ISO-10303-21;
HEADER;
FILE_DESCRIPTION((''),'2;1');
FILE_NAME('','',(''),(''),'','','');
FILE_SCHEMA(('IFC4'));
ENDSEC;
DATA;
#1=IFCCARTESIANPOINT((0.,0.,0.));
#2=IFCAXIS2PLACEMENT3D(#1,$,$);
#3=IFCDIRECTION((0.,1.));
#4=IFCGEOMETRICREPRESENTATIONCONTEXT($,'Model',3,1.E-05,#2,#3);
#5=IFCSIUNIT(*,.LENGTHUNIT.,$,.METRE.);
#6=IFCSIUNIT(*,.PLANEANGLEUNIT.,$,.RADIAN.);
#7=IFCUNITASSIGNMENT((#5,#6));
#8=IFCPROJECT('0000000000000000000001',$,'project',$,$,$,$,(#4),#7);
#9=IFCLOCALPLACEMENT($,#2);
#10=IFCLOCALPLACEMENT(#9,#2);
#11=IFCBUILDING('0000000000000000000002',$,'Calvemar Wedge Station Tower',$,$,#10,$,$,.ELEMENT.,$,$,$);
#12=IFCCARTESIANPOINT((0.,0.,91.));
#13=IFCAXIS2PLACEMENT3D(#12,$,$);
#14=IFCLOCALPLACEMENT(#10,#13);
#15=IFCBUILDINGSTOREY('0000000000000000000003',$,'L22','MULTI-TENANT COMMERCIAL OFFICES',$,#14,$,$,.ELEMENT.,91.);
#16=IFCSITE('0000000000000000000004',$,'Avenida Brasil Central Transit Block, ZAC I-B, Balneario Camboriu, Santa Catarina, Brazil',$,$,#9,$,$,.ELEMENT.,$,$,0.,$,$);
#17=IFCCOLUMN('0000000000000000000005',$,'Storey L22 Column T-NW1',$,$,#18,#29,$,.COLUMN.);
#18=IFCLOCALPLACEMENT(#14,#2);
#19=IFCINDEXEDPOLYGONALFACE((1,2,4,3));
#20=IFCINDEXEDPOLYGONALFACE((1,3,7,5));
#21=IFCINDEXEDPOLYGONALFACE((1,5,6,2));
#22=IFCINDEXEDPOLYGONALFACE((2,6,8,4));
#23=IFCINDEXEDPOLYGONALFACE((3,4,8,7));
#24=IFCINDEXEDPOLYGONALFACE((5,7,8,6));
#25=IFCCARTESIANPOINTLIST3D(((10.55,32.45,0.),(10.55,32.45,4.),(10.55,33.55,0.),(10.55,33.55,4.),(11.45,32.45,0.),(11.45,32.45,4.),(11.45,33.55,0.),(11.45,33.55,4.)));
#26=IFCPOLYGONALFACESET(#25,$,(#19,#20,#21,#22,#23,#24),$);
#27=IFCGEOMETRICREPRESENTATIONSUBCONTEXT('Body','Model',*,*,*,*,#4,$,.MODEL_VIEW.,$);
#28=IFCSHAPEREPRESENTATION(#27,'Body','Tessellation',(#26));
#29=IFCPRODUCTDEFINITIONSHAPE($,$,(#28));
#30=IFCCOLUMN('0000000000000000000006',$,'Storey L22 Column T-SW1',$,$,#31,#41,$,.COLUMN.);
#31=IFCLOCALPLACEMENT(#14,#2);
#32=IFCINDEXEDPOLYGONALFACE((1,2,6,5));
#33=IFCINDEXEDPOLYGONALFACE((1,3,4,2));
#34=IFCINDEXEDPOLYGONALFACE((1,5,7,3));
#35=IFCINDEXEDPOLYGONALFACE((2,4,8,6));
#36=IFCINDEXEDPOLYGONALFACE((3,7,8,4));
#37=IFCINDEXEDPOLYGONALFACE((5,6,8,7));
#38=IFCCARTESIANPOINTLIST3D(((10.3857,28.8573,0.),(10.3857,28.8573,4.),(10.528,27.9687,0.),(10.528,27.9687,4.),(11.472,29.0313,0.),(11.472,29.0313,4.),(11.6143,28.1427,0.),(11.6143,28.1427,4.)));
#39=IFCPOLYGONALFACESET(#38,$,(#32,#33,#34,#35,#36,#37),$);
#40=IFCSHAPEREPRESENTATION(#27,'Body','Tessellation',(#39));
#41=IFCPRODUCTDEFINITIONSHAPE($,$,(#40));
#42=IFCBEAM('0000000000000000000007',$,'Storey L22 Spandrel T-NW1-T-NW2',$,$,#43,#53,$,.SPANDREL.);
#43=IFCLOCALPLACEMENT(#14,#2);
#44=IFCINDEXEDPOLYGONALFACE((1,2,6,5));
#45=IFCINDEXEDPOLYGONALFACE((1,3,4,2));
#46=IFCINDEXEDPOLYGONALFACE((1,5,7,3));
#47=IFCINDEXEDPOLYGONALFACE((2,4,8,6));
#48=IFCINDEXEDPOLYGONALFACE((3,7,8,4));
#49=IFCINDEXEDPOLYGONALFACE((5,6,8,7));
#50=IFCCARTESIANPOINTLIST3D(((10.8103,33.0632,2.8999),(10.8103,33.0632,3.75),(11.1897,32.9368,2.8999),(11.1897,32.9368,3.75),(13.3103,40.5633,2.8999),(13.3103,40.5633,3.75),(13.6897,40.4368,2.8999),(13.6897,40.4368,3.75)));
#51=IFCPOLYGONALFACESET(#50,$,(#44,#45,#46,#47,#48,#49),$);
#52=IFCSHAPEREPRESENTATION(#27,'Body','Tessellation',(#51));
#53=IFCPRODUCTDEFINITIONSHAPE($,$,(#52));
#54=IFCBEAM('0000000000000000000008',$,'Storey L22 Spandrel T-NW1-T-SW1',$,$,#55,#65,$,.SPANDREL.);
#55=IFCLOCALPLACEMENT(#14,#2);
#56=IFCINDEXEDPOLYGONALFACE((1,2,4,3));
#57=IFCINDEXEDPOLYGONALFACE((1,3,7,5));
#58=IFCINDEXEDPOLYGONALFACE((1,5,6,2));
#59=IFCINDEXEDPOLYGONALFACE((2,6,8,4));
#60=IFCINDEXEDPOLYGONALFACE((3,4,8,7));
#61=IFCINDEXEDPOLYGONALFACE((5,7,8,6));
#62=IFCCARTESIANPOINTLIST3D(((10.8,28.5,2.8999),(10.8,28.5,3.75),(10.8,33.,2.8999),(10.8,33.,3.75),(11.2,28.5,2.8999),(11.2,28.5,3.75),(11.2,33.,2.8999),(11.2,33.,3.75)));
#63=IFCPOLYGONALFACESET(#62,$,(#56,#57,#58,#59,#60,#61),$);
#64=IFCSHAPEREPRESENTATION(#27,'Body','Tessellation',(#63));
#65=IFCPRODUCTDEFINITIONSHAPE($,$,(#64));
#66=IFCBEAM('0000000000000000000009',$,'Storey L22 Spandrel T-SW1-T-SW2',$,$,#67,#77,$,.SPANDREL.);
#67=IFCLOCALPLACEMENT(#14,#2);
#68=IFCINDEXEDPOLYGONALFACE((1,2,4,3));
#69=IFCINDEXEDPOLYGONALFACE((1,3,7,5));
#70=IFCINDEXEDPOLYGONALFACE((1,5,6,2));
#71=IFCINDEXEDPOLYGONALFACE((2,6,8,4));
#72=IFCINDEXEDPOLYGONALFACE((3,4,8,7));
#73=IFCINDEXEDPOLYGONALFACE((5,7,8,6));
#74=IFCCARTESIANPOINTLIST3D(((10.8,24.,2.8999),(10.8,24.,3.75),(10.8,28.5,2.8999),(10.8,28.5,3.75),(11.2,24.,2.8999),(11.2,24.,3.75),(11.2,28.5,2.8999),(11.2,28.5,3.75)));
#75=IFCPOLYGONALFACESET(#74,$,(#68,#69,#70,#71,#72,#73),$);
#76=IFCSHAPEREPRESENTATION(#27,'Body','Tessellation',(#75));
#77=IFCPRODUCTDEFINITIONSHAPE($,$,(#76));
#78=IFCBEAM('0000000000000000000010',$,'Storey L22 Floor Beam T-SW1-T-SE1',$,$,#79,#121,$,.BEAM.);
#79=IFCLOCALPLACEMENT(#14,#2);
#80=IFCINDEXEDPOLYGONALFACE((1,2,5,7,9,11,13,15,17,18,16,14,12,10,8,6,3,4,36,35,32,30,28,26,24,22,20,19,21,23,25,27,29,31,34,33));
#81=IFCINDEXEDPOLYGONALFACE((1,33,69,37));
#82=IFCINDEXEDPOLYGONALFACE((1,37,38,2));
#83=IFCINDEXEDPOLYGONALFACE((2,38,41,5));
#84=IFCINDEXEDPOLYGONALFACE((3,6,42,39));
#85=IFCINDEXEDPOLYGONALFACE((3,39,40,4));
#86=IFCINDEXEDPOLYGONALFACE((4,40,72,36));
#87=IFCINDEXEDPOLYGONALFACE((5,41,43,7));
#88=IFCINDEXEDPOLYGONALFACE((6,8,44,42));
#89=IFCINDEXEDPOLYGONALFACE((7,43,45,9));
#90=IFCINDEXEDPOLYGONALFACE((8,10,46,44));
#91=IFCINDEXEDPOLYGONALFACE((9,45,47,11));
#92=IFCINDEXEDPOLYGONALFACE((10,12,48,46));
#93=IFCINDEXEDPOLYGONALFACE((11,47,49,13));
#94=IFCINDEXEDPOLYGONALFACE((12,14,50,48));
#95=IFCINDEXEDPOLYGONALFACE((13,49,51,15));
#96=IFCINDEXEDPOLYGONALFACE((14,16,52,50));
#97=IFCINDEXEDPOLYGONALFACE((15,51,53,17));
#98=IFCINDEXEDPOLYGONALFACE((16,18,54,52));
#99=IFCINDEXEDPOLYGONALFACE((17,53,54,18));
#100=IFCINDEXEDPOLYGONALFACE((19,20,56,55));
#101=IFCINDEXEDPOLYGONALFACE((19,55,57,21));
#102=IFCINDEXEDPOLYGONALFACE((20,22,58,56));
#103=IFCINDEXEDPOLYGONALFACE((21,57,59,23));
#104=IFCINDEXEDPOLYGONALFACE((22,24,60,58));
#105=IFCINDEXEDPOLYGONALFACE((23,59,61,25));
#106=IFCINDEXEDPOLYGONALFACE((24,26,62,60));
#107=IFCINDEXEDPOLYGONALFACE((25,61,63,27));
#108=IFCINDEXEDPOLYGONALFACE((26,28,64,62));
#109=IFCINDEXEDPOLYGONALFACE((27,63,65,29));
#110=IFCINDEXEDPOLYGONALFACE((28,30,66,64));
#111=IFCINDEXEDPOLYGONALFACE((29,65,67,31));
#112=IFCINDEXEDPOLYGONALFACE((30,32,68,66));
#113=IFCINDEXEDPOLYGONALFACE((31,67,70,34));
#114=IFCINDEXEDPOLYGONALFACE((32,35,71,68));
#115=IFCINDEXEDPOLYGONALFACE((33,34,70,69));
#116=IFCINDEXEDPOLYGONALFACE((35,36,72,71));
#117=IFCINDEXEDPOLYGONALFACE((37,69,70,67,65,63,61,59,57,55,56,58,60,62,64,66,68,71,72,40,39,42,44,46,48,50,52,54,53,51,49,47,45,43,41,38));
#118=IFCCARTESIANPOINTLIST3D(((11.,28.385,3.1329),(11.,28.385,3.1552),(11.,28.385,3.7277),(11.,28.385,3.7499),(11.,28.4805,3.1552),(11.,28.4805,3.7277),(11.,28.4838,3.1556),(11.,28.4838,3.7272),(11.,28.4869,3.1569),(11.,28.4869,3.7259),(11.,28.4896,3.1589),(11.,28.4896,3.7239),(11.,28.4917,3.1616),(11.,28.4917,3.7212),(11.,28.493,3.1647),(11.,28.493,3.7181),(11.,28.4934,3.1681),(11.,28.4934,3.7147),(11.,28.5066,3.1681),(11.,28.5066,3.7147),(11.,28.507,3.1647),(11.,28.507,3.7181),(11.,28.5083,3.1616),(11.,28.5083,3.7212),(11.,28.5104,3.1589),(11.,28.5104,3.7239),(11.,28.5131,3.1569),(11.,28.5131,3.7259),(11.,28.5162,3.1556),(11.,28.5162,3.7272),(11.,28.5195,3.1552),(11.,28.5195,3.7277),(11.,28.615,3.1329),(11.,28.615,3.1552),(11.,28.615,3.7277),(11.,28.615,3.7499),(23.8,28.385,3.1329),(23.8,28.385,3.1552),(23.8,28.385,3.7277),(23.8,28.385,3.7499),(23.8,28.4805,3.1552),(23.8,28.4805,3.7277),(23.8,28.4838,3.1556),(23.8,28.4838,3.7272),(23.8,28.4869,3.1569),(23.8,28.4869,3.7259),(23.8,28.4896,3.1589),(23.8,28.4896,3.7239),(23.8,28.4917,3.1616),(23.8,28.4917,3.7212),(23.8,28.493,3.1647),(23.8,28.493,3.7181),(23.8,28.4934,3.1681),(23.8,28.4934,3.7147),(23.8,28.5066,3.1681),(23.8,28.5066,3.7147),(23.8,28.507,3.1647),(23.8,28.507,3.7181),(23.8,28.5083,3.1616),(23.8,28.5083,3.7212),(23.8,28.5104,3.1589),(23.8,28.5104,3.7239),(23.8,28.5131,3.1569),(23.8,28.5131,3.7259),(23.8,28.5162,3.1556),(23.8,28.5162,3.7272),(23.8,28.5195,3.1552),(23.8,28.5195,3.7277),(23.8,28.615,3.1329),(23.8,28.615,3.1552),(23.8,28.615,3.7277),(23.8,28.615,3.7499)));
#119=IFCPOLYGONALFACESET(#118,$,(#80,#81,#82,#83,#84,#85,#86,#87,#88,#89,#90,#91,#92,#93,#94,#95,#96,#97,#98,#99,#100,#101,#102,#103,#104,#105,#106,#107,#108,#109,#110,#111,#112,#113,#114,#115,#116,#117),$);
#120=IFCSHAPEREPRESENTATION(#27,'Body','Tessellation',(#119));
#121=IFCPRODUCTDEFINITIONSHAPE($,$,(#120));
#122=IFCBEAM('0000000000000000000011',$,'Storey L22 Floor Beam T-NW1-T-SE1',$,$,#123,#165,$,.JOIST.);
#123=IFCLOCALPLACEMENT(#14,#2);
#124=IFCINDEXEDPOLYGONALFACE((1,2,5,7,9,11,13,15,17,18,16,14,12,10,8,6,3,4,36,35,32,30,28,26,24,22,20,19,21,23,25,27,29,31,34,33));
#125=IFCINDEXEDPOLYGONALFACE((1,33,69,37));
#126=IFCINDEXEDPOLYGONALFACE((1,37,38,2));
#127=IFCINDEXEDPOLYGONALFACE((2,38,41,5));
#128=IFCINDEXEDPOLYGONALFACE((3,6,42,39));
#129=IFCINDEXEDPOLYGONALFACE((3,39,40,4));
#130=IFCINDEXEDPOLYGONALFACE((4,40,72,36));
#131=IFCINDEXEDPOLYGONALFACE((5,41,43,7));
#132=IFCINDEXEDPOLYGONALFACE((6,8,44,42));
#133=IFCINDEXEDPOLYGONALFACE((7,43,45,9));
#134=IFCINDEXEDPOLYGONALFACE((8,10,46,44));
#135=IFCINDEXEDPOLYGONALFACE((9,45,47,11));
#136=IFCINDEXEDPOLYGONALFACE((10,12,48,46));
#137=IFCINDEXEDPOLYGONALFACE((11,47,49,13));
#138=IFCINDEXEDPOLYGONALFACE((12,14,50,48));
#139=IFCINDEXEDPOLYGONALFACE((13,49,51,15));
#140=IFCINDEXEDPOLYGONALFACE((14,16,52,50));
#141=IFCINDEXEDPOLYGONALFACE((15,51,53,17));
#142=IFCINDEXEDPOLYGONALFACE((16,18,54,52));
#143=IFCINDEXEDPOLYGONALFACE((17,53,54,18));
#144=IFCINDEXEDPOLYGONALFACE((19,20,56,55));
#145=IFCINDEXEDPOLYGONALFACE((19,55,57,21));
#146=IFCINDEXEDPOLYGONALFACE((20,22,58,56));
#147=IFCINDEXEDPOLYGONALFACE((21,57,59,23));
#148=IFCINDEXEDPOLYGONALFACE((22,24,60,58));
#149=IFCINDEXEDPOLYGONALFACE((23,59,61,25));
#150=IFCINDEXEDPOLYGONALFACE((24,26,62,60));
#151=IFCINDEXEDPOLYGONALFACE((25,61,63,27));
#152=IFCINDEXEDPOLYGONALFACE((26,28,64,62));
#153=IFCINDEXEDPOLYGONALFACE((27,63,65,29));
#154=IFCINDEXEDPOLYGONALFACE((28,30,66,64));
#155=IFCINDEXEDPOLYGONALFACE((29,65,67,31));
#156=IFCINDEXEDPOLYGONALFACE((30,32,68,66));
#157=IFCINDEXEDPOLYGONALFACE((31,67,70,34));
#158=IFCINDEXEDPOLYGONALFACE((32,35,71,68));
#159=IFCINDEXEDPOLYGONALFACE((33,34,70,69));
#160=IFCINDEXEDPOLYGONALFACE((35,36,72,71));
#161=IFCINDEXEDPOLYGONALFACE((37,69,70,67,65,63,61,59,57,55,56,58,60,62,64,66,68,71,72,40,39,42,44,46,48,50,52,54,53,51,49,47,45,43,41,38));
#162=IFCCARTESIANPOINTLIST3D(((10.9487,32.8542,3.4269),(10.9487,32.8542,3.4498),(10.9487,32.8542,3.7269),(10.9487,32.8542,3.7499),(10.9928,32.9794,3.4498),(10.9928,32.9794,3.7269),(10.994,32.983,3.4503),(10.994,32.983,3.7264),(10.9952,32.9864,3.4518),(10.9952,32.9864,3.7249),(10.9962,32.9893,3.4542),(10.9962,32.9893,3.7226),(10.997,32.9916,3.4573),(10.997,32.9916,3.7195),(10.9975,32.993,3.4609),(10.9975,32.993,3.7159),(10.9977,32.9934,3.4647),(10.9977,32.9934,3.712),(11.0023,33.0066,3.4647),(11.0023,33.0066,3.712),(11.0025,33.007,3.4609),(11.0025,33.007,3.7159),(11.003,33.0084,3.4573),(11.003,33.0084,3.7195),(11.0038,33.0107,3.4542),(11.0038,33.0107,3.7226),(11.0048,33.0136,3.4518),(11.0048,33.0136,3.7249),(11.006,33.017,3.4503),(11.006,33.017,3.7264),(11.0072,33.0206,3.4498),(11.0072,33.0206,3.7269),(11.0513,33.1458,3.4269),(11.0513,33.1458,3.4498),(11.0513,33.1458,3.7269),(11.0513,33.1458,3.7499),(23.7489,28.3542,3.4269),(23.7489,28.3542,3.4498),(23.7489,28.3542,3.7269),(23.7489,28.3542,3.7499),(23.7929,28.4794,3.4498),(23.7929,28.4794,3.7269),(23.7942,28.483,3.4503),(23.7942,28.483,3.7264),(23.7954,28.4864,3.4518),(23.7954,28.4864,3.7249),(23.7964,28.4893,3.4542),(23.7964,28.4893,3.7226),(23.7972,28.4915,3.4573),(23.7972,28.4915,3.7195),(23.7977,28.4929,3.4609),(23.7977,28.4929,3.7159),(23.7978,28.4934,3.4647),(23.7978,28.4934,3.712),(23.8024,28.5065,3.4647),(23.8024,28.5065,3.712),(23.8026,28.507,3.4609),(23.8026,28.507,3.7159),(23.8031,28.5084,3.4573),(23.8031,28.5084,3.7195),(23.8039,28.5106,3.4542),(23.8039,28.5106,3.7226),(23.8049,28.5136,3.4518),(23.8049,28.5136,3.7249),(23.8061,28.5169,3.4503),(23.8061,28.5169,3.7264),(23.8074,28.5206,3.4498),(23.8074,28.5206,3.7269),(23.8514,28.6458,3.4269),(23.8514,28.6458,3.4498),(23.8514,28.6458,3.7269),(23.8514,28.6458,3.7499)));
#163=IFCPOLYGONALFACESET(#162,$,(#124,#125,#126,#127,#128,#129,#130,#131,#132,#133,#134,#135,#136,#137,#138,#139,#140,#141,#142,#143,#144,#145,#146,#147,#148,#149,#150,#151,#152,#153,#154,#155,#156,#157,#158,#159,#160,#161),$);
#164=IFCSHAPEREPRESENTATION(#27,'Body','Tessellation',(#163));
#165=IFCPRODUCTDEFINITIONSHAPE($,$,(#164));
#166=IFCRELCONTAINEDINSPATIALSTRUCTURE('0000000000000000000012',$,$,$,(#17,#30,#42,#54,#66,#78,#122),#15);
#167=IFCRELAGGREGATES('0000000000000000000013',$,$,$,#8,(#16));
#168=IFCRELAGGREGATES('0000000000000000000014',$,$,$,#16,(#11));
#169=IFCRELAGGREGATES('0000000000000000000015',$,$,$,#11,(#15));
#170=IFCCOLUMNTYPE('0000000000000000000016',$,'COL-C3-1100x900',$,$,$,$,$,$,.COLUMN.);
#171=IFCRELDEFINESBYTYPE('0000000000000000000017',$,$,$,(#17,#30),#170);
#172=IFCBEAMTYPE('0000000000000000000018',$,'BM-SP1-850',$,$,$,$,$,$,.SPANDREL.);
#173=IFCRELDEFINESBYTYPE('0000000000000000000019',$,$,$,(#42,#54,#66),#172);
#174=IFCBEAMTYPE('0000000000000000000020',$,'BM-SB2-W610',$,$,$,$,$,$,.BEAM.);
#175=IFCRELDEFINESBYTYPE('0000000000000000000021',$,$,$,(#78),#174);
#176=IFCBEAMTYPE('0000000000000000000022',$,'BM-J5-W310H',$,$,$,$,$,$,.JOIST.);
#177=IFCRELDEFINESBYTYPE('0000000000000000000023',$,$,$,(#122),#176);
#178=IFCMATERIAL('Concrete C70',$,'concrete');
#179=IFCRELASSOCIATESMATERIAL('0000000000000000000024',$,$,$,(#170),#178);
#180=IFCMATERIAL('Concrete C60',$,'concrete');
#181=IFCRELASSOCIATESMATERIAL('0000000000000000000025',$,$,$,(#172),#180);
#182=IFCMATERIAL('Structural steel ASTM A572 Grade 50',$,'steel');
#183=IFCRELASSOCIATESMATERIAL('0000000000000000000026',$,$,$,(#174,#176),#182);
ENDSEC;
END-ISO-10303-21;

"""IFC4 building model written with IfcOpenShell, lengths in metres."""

from ifc_helpers import new_model, si_unit, direction, frame, origin, origin_2d, place, context, subcontext, project, spatial, rectangle, i_section, extrude, source, transform, mapped, material, material_profile, profile_set, type_object, element, save


model = new_model("IFC4")

# Units and contexts
model_context = context("Model", 3, precision=1e-05, world=origin(), true_north=direction((0.0, 1.0)))
body_context = subcontext(model_context, "Body", "Model", "MODEL_VIEW")
ifc_project = project(units=[si_unit("LENGTHUNIT", "METRE"), si_unit("PLANEANGLEUNIT", "RADIAN")], contexts=[model_context])

# Site, building, storey
site_placement = place(None, origin())
site = spatial("IfcSite", under=ifc_project, at=site_placement, Name="Avenida Brasil Central Transit Block, ZAC I-B, Balneario Camboriu, Santa Catarina, Brazil", CompositionType="ELEMENT", RefElevation=0.0)
building_placement = place(site_placement, origin())
building = spatial("IfcBuilding", under=site, at=building_placement, Name="Calvemar Wedge Station Tower", CompositionType="ELEMENT")
storey_placement = place(building_placement, frame((0.0, 0.0, 91.0)))
storey = spatial("IfcBuildingStorey", under=building, at=storey_placement, Name="L22", Description="MULTI-TENANT COMMERCIAL OFFICES", CompositionType="ELEMENT", Elevation=91.0)

# Columns
ifc_material_1 = material(Name="Concrete C70", Category="concrete")
ifc_material_profile_1 = material_profile(ifc_material_1, rectangle(XDim=0.8999, YDim=1.1001, at=origin_2d()), Name="RC1100x900")
ifc_profile_set_1 = profile_set([ifc_material_profile_1], Name="Concrete C70")
column_type = type_object("IfcColumnType", Name="COL-C3-1100x900", PredefinedType="COLUMN", material=ifc_profile_set_1)
shared_shape_1 = source(origin(), body_context, "Body", "SweptSolid", [
    extrude(rectangle(XDim=0.8999, YDim=1.1001, at=origin_2d()), origin(), (0.0, 0.0, 1.0), 4.0),
])
for number, where, z_axis, x_axis, name in (
    (1, (11.0, 33.0, 0.0), (0.0, 0.0, 1.0), (1.0, 0.0, 0.0), "Storey L22 Column T-NW1"),
    (2, (11.0, 28.5, 0.0), (0.0, 0.0, 1.0), (0.158158, -0.987414, 0.0), "Storey L22 Column T-SW1"),
):
    element("IfcColumn", number, at=place(storey_placement, frame(where, z_axis=z_axis, x_axis=x_axis)), inside=storey, type_object=column_type, Name=name, PredefinedType="COLUMN", context=body_context, shape_type="MappedRepresentation", body=[
        mapped(shared_shape_1, transform((0.0, 0.0, 0.0), scale=1.0)),
    ])

# Beams
ifc_material_2 = material(Name="Concrete C60", Category="concrete")
ifc_material_profile_2 = material_profile(ifc_material_2, rectangle(XDim=0.3999, YDim=0.8501, at=origin_2d()), Name="RC400x850")
ifc_profile_set_2 = profile_set([ifc_material_profile_2], Name="Concrete C60")
beam_type_1 = type_object("IfcBeamType", Name="BM-SP1-850", PredefinedType="SPANDREL", material=ifc_profile_set_2)
shared_shape_2 = source(origin(), body_context, "Body", "SweptSolid", [
    extrude(rectangle(XDim=0.3999, YDim=0.8501, at=origin_2d()), origin(), (0.0, 0.0, 1.0), 7.9058),
])
beam_1_placement = place(storey_placement, frame((11.0, 33.0, 3.325), z_axis=(0.316228, 0.948683, 0.0), x_axis=(-0.948683, 0.316228, 0.0)))
element("IfcBeam", 3, at=beam_1_placement, inside=storey, type_object=beam_type_1, Name="Storey L22 Spandrel T-NW1-T-NW2", PredefinedType="SPANDREL", context=body_context, shape_type="MappedRepresentation", body=[
    mapped(shared_shape_2, transform((0.0, 0.0, 0.0), scale=1.0)),
])
shared_shape_3 = source(origin(), body_context, "Body", "SweptSolid", [
    extrude(rectangle(XDim=0.3999, YDim=0.8501, at=origin_2d()), origin(), (0.0, 0.0, 1.0), 4.5),
])
for number, where, z_axis, x_axis, name in (
    (4, (11.0, 33.0, 3.325), (0.0, -1.0, 0.0), (1.0, 0.0, 0.0), "Storey L22 Spandrel T-NW1-T-SW1"),
    (5, (11.0, 28.5, 3.325), (0.0, -1.0, 0.0), (1.0, 0.0, 0.0), "Storey L22 Spandrel T-SW1-T-SW2"),
):
    element("IfcBeam", number, at=place(storey_placement, frame(where, z_axis=z_axis, x_axis=x_axis)), inside=storey, type_object=beam_type_1, Name=name, PredefinedType="SPANDREL", context=body_context, shape_type="MappedRepresentation", body=[
        mapped(shared_shape_3, transform((0.0, 0.0, 0.0), scale=1.0)),
    ])
ifc_material_3 = material(Name="Structural steel ASTM A572 Grade 50", Category="steel")
ifc_material_profile_3 = material_profile(ifc_material_3, i_section(OverallWidth=0.23, OverallDepth=0.6169, WebThickness=0.0132, FlangeThickness=0.0222, FilletRadius=0.0129, at=origin_2d()), Name="W610x140")
ifc_profile_set_3 = profile_set([ifc_material_profile_3], Name="Structural steel ASTM A572 Grade 50")
beam_type_2 = type_object("IfcBeamType", Name="BM-SB2-W610", PredefinedType="BEAM", material=ifc_profile_set_3)
shared_shape_4 = source(origin(), body_context, "Body", "SweptSolid", [
    extrude(i_section(OverallWidth=0.23, OverallDepth=0.6169, WebThickness=0.0132, FlangeThickness=0.0222, FilletRadius=0.0129, at=origin_2d()), origin(), (0.0, 0.0, 1.0), 12.8),
])
beam_2_placement = place(storey_placement, frame((11.0, 28.5, 3.4414), z_axis=(1.0, 0.0, 0.0), x_axis=(0.0, 1.0, 0.0)))
element("IfcBeam", 6, at=beam_2_placement, inside=storey, type_object=beam_type_2, Name="Storey L22 Floor Beam T-SW1-T-SE1", PredefinedType="BEAM", context=body_context, shape_type="MappedRepresentation", body=[
    mapped(shared_shape_4, transform((0.0, 0.0, 0.0), scale=1.0)),
])
ifc_material_profile_4 = material_profile(ifc_material_3, i_section(OverallWidth=0.3091, OverallDepth=0.323, WebThickness=0.0139, FlangeThickness=0.0229, FilletRadius=0.0149, at=origin_2d()), Name="W310x143")
ifc_profile_set_4 = profile_set([ifc_material_profile_4], Name="Structural steel ASTM A572 Grade 50")
beam_type_3 = type_object("IfcBeamType", Name="BM-J5-W310H", PredefinedType="JOIST", material=ifc_profile_set_4)
shared_shape_5 = source(origin(), body_context, "Body", "SweptSolid", [
    extrude(i_section(OverallWidth=0.3091, OverallDepth=0.323, WebThickness=0.0139, FlangeThickness=0.0229, FilletRadius=0.0149, at=origin_2d()), origin(), (0.0, 0.0, 1.0), 13.5681),
])
for number, where, z_axis, x_axis, name in (
    (7, (11.0, 33.0, 3.5884), (0.943398, -0.331662, 0.0), (0.331662, 0.943398, 0.0), "Storey L22 Floor Beam T-NW1-T-SE1"),
):
    element("IfcBeam", number, at=place(storey_placement, frame(where, z_axis=z_axis, x_axis=x_axis)), inside=storey, type_object=beam_type_3, Name=name, PredefinedType="JOIST", context=body_context, shape_type="MappedRepresentation", body=[
        mapped(shared_shape_5, transform((0.0, 0.0, 0.0), scale=1.0)),
    ])

save(model, "model.ifc")
